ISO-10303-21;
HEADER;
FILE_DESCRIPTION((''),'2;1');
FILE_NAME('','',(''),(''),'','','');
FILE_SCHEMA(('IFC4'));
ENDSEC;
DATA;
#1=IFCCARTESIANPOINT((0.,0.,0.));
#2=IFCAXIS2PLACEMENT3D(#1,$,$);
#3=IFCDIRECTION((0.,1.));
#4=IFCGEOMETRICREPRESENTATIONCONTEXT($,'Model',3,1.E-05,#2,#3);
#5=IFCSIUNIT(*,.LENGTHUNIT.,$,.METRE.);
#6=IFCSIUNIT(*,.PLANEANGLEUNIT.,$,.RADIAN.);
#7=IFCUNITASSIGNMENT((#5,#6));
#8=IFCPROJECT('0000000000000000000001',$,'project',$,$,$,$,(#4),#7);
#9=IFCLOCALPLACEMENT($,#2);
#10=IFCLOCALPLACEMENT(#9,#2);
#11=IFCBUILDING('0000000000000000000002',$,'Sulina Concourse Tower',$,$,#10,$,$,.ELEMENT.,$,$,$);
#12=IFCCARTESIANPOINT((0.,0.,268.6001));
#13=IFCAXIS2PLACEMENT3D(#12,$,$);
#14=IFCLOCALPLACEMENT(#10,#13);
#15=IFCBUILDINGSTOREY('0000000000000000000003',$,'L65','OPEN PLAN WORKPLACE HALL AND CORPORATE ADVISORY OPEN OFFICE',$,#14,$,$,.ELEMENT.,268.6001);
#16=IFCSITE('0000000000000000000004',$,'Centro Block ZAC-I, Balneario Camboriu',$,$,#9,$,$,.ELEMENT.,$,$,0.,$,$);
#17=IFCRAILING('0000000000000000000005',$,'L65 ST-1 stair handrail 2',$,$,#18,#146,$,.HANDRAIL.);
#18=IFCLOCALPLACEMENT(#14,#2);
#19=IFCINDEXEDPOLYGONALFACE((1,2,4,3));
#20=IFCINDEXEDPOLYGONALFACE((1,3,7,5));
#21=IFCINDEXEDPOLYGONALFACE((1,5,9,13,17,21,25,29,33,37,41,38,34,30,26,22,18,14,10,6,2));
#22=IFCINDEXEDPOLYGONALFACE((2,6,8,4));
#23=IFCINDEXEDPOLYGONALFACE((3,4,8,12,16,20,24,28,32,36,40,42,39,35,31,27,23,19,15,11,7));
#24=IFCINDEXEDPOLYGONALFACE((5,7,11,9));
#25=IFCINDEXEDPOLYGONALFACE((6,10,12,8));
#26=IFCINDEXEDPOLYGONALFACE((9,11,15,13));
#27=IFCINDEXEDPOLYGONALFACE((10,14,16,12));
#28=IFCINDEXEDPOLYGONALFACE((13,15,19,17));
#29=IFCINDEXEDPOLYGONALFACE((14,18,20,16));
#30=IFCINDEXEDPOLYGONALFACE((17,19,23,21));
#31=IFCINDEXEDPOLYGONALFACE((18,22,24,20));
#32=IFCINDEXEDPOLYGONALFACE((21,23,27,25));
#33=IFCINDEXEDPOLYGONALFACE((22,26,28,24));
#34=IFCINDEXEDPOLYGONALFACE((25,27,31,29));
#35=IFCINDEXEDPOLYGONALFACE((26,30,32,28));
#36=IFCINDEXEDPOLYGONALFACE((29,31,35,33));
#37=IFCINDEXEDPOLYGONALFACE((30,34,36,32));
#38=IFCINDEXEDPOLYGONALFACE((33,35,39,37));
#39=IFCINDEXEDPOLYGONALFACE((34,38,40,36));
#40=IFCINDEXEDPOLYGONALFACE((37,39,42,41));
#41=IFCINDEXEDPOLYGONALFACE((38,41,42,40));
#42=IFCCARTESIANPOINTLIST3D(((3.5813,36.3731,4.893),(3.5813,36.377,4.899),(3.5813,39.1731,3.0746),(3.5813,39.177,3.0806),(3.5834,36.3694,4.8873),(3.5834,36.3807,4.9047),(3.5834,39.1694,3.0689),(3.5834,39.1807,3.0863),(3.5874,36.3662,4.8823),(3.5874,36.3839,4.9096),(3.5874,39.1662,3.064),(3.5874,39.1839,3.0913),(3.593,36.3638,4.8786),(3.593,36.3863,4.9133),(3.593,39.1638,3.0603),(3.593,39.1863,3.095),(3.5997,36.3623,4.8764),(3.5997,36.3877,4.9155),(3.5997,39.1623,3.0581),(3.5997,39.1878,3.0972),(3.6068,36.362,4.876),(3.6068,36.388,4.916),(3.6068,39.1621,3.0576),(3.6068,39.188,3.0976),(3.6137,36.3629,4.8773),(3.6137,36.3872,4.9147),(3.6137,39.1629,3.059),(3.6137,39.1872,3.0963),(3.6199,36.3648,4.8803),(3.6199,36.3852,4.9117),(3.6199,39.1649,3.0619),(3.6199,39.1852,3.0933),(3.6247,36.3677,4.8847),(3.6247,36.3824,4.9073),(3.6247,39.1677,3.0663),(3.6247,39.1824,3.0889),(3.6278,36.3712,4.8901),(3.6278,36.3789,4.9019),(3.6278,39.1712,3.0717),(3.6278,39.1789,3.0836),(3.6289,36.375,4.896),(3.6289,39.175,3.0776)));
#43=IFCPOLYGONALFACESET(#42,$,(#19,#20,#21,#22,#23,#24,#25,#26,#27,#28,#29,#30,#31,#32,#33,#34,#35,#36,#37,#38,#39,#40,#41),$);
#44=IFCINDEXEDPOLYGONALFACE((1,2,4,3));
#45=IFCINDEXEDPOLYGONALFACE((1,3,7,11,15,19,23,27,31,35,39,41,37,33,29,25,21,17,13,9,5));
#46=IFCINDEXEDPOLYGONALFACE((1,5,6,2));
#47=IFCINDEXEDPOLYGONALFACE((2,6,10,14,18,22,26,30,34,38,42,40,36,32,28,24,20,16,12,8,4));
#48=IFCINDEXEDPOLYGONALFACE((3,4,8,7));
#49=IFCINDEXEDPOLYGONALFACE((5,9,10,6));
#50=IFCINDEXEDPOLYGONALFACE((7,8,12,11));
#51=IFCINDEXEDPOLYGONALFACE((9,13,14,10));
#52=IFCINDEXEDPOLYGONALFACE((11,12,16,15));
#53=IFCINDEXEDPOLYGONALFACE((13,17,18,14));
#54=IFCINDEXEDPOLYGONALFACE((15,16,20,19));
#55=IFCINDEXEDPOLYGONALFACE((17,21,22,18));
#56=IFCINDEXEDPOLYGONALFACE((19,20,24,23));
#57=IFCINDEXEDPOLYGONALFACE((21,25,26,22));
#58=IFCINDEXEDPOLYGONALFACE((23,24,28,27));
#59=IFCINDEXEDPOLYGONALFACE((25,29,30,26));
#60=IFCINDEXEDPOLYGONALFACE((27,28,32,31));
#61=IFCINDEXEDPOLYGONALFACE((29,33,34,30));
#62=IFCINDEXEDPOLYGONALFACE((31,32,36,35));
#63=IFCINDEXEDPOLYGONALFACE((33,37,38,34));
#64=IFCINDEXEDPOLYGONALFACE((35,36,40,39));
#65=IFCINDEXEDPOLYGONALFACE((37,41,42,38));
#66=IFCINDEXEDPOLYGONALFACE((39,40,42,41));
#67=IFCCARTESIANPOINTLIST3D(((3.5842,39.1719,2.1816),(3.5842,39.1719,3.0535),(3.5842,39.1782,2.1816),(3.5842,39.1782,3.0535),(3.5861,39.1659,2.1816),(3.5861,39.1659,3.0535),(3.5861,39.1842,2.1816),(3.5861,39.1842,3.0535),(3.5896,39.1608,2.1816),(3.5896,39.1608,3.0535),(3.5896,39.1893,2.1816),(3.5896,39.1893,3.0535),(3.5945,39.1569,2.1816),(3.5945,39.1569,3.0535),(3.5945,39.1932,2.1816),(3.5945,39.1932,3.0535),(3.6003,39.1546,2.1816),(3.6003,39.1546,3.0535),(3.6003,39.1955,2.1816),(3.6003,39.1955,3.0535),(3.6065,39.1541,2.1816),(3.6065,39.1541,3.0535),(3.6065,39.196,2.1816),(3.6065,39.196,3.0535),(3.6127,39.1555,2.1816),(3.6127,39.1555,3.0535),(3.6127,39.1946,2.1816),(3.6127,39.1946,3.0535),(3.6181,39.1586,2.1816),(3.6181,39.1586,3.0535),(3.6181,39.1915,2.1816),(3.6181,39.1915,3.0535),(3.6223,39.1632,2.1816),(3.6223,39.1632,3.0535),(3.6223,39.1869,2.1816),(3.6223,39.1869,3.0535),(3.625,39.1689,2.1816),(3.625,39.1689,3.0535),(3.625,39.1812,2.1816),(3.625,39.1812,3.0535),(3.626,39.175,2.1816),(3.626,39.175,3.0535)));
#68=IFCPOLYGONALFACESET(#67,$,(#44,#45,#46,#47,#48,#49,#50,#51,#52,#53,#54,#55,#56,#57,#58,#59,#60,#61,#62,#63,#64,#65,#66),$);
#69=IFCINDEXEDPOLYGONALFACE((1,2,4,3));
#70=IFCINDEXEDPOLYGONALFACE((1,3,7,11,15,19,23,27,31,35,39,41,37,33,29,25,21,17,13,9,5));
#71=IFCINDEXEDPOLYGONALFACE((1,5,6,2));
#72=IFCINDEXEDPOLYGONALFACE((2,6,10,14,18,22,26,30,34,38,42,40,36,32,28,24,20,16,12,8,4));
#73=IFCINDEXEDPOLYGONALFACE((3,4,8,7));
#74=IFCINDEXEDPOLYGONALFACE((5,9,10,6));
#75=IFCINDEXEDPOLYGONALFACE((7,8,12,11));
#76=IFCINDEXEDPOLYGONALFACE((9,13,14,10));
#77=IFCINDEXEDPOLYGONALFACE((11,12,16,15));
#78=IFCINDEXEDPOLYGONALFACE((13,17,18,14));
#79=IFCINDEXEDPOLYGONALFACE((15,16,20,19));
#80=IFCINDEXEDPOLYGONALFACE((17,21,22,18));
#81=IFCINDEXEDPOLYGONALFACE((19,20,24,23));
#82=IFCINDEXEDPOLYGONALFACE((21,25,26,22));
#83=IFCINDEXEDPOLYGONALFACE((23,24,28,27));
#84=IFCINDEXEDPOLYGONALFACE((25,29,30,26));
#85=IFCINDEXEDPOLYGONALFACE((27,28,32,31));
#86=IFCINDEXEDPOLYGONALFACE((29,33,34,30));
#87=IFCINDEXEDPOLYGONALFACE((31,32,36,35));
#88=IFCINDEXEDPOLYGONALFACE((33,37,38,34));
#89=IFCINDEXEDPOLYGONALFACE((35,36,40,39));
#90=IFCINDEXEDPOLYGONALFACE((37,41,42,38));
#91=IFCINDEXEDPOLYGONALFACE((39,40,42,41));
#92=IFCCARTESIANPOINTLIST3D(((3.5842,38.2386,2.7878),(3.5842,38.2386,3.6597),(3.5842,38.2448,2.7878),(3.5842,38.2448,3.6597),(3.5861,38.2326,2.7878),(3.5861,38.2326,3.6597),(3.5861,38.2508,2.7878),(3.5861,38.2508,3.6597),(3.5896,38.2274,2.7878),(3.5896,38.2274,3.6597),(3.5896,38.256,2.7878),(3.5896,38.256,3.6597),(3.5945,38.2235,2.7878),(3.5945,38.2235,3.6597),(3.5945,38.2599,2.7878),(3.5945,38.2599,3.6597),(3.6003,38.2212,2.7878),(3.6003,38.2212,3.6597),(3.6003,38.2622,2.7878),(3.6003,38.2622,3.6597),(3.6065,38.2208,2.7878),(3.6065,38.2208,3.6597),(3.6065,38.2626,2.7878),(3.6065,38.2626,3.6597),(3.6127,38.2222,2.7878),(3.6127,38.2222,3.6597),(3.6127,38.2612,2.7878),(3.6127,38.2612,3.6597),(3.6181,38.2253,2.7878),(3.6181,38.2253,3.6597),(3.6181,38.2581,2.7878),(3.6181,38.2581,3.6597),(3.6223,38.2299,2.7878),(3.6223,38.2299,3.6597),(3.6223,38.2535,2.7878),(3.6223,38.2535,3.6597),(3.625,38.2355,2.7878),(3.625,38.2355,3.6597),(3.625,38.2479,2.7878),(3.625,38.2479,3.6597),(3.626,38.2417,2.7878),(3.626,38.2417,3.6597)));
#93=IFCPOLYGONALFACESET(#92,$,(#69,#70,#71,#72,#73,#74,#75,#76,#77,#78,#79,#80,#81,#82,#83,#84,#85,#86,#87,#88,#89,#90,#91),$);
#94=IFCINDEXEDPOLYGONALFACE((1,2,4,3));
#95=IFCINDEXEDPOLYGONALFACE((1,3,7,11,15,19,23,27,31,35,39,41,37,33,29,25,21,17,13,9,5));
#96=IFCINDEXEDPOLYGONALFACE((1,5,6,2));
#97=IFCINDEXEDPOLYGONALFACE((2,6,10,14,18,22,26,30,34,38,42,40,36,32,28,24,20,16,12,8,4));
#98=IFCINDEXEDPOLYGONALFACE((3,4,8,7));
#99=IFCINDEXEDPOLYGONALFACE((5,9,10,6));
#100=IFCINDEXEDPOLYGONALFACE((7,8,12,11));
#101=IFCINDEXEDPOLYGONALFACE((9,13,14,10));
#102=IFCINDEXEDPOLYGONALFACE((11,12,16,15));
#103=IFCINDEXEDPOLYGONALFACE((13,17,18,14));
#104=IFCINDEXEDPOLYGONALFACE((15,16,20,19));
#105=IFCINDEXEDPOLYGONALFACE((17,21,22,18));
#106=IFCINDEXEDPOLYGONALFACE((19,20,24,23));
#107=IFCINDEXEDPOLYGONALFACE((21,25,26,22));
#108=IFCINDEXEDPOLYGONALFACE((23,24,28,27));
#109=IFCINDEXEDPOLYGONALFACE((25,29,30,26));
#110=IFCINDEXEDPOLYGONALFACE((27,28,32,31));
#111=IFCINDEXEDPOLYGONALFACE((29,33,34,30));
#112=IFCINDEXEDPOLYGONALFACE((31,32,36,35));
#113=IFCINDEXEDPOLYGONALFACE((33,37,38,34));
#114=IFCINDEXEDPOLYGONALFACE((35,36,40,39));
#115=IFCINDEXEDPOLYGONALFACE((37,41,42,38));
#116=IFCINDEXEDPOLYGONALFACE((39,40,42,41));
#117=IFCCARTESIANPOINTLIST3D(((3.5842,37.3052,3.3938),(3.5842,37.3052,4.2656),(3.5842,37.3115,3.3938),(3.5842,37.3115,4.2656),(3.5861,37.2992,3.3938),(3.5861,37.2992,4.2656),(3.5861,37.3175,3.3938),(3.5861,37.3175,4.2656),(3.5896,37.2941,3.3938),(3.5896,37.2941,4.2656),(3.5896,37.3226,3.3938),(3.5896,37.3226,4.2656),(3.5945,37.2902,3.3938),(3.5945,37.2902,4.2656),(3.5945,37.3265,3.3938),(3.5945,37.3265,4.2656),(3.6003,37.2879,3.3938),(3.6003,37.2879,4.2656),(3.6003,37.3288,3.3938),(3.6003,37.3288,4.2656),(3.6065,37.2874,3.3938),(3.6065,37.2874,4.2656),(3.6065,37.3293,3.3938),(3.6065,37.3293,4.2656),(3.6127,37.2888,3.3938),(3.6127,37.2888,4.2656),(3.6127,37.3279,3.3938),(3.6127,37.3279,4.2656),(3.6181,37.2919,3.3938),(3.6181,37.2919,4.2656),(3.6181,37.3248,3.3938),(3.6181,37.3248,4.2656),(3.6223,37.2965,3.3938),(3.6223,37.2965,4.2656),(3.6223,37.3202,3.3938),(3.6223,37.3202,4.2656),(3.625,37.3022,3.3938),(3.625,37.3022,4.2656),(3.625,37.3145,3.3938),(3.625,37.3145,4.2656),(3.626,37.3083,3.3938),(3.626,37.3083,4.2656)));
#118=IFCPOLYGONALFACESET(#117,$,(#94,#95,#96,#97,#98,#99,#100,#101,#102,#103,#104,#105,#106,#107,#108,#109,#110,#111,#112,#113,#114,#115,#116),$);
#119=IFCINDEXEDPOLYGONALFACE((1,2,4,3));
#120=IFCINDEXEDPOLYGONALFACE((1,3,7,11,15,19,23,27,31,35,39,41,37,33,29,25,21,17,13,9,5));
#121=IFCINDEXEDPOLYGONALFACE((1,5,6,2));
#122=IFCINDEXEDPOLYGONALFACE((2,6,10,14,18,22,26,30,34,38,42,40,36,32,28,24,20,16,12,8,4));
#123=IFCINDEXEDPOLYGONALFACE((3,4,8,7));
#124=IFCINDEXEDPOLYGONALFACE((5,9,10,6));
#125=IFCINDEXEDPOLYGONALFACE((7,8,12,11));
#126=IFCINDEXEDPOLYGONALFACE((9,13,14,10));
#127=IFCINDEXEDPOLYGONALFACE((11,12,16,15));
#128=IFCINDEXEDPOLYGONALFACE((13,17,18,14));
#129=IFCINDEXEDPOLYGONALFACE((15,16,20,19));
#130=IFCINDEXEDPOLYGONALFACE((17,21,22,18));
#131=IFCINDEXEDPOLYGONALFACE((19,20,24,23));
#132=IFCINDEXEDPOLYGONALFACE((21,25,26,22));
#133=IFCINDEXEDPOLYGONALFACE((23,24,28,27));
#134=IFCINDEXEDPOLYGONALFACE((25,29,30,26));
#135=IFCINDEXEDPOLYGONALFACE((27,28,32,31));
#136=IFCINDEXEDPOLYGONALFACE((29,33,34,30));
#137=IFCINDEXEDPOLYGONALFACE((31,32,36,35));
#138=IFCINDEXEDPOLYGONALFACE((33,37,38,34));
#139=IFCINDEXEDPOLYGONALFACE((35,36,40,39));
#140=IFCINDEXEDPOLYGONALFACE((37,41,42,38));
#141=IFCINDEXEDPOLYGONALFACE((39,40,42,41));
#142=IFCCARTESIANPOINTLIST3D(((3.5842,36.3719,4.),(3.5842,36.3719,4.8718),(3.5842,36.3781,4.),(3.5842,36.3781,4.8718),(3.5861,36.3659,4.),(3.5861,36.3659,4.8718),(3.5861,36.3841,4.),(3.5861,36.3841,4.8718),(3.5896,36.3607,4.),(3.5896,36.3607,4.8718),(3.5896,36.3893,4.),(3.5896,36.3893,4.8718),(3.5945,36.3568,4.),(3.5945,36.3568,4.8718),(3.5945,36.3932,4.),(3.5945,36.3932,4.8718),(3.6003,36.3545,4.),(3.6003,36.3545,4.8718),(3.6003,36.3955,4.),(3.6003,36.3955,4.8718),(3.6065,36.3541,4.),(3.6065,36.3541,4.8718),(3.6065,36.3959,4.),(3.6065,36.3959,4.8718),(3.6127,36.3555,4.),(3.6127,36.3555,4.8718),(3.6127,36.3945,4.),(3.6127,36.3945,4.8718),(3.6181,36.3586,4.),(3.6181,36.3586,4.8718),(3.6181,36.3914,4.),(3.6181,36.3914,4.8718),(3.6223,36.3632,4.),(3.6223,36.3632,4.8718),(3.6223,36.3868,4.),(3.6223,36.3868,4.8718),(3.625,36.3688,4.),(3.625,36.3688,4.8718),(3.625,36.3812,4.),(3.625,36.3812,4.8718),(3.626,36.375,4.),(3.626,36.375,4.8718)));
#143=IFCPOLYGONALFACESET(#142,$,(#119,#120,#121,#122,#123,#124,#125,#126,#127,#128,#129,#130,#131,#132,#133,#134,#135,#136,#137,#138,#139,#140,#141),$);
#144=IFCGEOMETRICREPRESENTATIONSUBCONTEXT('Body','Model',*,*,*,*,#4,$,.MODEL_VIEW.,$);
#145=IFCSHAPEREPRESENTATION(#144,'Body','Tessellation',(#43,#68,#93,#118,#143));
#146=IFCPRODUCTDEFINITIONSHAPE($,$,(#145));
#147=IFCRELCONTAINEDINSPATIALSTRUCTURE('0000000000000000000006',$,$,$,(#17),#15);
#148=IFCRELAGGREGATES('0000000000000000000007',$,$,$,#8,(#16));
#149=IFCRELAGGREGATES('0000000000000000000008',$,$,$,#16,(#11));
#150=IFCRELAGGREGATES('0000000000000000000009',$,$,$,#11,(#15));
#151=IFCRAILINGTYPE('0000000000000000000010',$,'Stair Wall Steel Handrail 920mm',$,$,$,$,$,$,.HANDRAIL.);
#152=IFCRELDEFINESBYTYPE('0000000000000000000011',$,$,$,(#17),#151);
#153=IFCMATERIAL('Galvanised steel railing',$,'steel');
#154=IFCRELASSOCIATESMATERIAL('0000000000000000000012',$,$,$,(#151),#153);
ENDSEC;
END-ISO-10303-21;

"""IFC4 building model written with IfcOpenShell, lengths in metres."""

from ifc_helpers import new_model, si_unit, direction, frame, origin, origin_2d, place, context, subcontext, project, spatial, circle, extrude, material, type_object, element, save


model = new_model("IFC4")

# Units and contexts
model_context = context("Model", 3, precision=1e-05, world=origin(), true_north=direction((0.0, 1.0)))
body_context = subcontext(model_context, "Body", "Model", "MODEL_VIEW")
ifc_project = project(units=[si_unit("LENGTHUNIT", "METRE"), si_unit("PLANEANGLEUNIT", "RADIAN")], contexts=[model_context])

# Site, building, storey
site_placement = place(None, origin())
site = spatial("IfcSite", under=ifc_project, at=site_placement, Name="Centro Block ZAC-I, Balneario Camboriu", CompositionType="ELEMENT", RefElevation=0.0)
building_placement = place(site_placement, origin())
building = spatial("IfcBuilding", under=site, at=building_placement, Name="Sulina Concourse Tower", CompositionType="ELEMENT")
storey_placement = place(building_placement, frame((0.0, 0.0, 268.6001)))
storey = spatial("IfcBuildingStorey", under=building, at=storey_placement, Name="L65", Description="OPEN PLAN WORKPLACE HALL AND CORPORATE ADVISORY OPEN OFFICE", CompositionType="ELEMENT", Elevation=268.6001)

# Railing
ifc_material_1 = material(Name="Galvanised steel railing", Category="steel")
railing_type_1 = type_object("IfcRailingType", Name="Stair Wall Steel Handrail 920mm", PredefinedType="HANDRAIL", material=ifc_material_1)
railing_1_placement = place(storey_placement, frame((3.605, 39.175, 2.1816)))
element("IfcRailing", 1, at=railing_1_placement, inside=storey, type_object=railing_type_1, Name="L65 ST-1 stair handrail 2", PredefinedType="HANDRAIL", context=body_context, shape_type="SweptSolid", body=[
    extrude(circle(Radius=0.0239, at=origin_2d()), frame((0.0, 0.0, 0.896), z_axis=(0.0, -0.838672, 0.544636), x_axis=(1.0, 0.0, 0.0)), (0.0, 0.0, 1.0), 3.3386),
    extrude(circle(Radius=0.021, at=origin_2d()), origin(), (0.0, 0.0, 1.0), 0.8718),
    extrude(circle(Radius=0.021, at=origin_2d()), frame((0.0, -0.9333, 0.6062)), (0.0, 0.0, 1.0), 0.8718),
    extrude(circle(Radius=0.021, at=origin_2d()), frame((0.0, -1.8667, 1.2122)), (0.0, 0.0, 1.0), 0.8718),
    extrude(circle(Radius=0.021, at=origin_2d()), frame((0.0, -2.8, 1.8184)), (0.0, 0.0, 1.0), 0.8718),
])

save(model, "model.ifc")
